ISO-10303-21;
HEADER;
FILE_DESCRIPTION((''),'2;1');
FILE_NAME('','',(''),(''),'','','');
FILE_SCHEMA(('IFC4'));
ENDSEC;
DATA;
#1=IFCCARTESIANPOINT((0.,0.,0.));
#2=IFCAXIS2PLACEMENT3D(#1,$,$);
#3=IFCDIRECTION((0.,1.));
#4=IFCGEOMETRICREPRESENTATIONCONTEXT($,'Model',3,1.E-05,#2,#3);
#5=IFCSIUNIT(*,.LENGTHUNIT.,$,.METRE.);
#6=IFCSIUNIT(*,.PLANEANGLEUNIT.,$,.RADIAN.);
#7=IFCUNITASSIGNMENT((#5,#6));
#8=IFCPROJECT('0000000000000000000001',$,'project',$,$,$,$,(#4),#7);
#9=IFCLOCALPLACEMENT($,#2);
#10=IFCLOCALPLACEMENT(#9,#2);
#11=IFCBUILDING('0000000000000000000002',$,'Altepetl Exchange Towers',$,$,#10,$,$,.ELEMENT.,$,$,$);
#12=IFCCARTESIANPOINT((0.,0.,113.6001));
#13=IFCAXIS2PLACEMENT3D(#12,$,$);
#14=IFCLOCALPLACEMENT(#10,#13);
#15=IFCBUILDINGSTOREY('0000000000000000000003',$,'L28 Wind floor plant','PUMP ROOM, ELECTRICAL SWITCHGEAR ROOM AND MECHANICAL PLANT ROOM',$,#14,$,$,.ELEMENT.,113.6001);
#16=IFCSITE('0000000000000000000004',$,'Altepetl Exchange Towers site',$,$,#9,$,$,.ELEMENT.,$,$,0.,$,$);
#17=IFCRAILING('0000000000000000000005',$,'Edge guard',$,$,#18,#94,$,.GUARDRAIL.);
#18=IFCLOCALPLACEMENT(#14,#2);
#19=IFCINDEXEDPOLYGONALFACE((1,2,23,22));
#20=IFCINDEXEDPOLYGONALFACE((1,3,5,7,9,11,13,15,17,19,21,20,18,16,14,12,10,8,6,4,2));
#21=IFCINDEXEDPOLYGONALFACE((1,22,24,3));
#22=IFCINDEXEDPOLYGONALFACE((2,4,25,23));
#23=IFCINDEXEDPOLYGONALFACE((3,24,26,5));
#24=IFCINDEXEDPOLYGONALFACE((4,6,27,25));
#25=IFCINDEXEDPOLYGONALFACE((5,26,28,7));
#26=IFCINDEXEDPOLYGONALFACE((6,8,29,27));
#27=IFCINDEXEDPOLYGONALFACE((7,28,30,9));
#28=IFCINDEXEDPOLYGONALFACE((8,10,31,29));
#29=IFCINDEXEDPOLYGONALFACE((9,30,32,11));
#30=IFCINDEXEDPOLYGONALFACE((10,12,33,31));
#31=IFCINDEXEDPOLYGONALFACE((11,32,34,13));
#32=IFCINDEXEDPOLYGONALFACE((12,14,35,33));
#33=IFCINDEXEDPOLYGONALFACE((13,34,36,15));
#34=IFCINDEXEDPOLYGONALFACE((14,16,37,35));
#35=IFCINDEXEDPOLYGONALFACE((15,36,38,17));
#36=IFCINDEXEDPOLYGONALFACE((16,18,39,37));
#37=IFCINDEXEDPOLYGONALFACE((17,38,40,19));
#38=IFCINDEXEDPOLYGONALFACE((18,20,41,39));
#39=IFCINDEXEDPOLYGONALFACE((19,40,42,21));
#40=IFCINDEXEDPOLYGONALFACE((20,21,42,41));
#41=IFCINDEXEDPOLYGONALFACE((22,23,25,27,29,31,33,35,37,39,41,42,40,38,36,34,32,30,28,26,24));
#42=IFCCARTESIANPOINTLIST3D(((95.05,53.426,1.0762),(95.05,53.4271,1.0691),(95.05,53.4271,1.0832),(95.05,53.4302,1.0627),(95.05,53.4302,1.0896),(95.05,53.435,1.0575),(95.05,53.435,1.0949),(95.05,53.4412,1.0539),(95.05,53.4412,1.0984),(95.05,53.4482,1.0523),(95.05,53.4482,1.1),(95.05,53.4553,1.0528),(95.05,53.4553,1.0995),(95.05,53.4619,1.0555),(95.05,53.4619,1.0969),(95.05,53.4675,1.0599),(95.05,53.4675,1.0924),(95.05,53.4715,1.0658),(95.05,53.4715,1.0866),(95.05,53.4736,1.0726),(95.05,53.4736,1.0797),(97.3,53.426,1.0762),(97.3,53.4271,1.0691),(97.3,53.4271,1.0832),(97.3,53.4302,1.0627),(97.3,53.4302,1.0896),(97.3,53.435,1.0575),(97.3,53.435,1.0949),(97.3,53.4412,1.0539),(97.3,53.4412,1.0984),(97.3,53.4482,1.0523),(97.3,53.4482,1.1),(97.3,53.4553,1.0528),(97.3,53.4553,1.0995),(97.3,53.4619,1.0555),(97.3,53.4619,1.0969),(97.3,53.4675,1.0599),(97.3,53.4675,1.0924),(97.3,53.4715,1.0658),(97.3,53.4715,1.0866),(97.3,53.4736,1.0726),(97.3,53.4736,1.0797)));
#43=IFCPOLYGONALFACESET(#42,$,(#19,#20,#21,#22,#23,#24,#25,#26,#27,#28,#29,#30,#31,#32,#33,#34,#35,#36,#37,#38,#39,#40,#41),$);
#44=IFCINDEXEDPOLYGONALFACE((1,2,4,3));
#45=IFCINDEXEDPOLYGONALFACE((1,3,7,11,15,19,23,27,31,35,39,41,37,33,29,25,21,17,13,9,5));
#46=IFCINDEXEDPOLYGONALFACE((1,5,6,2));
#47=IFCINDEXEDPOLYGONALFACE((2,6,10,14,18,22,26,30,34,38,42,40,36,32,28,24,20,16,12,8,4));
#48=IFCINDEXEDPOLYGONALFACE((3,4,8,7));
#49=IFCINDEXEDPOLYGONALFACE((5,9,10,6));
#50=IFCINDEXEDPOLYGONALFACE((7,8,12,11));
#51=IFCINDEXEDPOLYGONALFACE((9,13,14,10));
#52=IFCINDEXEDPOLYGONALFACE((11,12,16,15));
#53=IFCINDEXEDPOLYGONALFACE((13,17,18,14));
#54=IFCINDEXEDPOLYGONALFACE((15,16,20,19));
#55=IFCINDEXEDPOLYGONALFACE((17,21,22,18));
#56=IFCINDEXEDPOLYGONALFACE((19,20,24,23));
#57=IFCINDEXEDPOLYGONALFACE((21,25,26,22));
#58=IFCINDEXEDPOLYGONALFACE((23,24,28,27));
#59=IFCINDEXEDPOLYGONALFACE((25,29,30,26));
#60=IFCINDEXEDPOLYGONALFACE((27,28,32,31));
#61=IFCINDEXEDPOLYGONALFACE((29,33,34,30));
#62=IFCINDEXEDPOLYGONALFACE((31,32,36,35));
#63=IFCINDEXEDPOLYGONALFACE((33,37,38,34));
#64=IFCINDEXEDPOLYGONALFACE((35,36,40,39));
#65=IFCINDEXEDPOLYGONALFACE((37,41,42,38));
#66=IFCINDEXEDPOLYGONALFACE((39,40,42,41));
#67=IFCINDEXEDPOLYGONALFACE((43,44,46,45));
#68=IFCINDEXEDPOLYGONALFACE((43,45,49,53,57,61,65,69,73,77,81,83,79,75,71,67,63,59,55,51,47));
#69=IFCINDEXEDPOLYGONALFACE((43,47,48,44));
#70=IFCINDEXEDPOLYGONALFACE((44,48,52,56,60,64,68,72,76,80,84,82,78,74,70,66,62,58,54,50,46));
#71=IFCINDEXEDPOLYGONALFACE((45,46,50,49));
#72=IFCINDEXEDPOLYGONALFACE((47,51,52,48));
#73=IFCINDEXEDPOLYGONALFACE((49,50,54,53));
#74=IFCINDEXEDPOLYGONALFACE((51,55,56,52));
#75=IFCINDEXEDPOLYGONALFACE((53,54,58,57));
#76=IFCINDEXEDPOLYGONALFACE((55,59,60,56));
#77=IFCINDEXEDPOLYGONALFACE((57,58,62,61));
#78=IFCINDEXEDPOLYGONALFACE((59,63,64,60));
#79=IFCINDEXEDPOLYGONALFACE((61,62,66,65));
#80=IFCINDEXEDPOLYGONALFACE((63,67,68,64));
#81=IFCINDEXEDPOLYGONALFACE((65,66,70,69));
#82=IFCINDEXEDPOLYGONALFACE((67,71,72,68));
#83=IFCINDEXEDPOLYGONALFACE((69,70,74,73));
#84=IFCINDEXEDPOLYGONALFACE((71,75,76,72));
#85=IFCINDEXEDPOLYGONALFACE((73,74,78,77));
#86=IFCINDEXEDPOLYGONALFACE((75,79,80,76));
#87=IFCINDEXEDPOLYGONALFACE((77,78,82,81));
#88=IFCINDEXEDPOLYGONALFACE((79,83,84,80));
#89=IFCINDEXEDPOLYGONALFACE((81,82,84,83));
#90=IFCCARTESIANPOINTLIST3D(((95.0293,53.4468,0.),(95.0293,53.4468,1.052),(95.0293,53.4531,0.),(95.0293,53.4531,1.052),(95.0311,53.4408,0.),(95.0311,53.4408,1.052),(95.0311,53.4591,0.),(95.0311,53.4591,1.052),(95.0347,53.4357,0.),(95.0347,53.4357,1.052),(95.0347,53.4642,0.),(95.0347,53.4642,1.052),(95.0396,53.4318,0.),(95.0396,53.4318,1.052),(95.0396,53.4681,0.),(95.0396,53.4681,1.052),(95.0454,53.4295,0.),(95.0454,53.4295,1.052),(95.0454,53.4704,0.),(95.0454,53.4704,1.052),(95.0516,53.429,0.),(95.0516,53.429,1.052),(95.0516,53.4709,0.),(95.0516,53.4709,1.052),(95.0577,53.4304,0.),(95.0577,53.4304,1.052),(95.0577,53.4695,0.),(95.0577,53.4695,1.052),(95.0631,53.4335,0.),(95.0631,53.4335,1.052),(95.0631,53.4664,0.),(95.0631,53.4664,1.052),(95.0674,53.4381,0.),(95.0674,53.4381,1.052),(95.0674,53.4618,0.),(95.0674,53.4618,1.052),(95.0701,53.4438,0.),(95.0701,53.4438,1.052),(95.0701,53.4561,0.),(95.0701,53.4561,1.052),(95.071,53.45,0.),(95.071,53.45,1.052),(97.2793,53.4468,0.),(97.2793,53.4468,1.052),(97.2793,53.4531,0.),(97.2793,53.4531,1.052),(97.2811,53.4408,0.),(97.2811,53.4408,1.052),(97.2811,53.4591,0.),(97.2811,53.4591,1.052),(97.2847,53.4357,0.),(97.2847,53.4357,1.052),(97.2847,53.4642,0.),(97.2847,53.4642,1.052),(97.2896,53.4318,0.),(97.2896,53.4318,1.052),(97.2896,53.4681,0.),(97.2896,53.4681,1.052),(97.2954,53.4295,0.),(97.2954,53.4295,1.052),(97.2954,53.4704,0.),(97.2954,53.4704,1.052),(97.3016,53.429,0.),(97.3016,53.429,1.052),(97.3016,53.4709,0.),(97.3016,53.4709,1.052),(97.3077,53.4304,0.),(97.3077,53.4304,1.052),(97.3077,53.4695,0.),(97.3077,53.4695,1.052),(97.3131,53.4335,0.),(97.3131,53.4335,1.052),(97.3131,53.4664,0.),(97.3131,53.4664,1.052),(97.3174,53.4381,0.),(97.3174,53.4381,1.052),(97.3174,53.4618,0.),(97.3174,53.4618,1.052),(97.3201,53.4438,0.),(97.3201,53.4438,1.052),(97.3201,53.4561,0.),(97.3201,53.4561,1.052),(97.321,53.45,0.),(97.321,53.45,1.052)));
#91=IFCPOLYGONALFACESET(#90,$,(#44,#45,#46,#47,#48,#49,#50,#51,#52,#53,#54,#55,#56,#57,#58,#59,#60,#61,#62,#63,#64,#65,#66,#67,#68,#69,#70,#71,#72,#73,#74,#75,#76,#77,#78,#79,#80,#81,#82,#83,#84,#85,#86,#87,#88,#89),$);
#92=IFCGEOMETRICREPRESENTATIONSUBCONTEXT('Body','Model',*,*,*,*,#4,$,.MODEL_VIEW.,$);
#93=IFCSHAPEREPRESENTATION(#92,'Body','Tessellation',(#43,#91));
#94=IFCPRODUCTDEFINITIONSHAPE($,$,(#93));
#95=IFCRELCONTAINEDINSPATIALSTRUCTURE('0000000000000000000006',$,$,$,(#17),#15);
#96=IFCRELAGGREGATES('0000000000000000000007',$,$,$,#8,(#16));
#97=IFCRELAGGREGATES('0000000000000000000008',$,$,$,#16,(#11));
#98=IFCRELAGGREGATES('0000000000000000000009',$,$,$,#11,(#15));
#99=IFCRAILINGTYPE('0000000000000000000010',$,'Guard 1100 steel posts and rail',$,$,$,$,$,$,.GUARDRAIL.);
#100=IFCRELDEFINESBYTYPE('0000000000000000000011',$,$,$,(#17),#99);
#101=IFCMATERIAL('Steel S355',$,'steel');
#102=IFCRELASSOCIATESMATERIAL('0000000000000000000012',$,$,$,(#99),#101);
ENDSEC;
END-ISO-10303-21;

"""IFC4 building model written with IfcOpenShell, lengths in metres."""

from ifc_helpers import new_model, si_unit, direction, frame, origin, origin_2d, place, context, subcontext, project, spatial, circle, extrude, source, transform, mapped, material, type_object, element, save


model = new_model("IFC4")

# Units and contexts
model_context = context("Model", 3, precision=1e-05, world=origin(), true_north=direction((0.0, 1.0)))
body_context = subcontext(model_context, "Body", "Model", "MODEL_VIEW")
ifc_project = project(units=[si_unit("LENGTHUNIT", "METRE"), si_unit("PLANEANGLEUNIT", "RADIAN")], contexts=[model_context])

# Site, building, storey
site_placement = place(None, origin())
site = spatial("IfcSite", under=ifc_project, at=site_placement, Name="Altepetl Exchange Towers site", CompositionType="ELEMENT", RefElevation=0.0)
building_placement = place(site_placement, origin())
building = spatial("IfcBuilding", under=site, at=building_placement, Name="Altepetl Exchange Towers", CompositionType="ELEMENT")
storey_placement = place(building_placement, frame((0.0, 0.0, 113.6001)))
storey = spatial("IfcBuildingStorey", under=building, at=storey_placement, Name="L28 Wind floor plant", Description="PUMP ROOM, ELECTRICAL SWITCHGEAR ROOM AND MECHANICAL PLANT ROOM", CompositionType="ELEMENT", Elevation=113.6001)

# Shared definitions
ifc_material_1 = material(Name="Steel S355", Category="steel")

# Railing
railing_type = type_object("IfcRailingType", Name="Guard 1100 steel posts and rail", PredefinedType="GUARDRAIL", material=ifc_material_1)
shared_shape = source(origin(), body_context, "Body", "SweptSolid", [
    extrude(circle(Radius=0.021, at=origin_2d()), origin(), (0.0, 0.0, 1.0), 1.052),
])
railing_1_placement = place(storey_placement, frame((97.3, 53.45, 0.0)))
element("IfcRailing", 1, at=railing_1_placement, inside=storey, type_object=railing_type, Name="Edge guard", PredefinedType="GUARDRAIL", context=body_context, shape_type="SweptSolid", body=[
    extrude(circle(Radius=0.0239, at=origin_2d()), frame((0.0, 0.0, 1.0762), z_axis=(-1.0, 0.0, 0.0), x_axis=(0.0, -1.0, 0.0)), (0.0, 0.0, 1.0), 2.25),
    mapped(shared_shape, transform((0.0, 0.0, 0.0))),
    mapped(shared_shape, transform((-2.25, 0.0, 0.0))),
])

save(model, "model.ifc")
